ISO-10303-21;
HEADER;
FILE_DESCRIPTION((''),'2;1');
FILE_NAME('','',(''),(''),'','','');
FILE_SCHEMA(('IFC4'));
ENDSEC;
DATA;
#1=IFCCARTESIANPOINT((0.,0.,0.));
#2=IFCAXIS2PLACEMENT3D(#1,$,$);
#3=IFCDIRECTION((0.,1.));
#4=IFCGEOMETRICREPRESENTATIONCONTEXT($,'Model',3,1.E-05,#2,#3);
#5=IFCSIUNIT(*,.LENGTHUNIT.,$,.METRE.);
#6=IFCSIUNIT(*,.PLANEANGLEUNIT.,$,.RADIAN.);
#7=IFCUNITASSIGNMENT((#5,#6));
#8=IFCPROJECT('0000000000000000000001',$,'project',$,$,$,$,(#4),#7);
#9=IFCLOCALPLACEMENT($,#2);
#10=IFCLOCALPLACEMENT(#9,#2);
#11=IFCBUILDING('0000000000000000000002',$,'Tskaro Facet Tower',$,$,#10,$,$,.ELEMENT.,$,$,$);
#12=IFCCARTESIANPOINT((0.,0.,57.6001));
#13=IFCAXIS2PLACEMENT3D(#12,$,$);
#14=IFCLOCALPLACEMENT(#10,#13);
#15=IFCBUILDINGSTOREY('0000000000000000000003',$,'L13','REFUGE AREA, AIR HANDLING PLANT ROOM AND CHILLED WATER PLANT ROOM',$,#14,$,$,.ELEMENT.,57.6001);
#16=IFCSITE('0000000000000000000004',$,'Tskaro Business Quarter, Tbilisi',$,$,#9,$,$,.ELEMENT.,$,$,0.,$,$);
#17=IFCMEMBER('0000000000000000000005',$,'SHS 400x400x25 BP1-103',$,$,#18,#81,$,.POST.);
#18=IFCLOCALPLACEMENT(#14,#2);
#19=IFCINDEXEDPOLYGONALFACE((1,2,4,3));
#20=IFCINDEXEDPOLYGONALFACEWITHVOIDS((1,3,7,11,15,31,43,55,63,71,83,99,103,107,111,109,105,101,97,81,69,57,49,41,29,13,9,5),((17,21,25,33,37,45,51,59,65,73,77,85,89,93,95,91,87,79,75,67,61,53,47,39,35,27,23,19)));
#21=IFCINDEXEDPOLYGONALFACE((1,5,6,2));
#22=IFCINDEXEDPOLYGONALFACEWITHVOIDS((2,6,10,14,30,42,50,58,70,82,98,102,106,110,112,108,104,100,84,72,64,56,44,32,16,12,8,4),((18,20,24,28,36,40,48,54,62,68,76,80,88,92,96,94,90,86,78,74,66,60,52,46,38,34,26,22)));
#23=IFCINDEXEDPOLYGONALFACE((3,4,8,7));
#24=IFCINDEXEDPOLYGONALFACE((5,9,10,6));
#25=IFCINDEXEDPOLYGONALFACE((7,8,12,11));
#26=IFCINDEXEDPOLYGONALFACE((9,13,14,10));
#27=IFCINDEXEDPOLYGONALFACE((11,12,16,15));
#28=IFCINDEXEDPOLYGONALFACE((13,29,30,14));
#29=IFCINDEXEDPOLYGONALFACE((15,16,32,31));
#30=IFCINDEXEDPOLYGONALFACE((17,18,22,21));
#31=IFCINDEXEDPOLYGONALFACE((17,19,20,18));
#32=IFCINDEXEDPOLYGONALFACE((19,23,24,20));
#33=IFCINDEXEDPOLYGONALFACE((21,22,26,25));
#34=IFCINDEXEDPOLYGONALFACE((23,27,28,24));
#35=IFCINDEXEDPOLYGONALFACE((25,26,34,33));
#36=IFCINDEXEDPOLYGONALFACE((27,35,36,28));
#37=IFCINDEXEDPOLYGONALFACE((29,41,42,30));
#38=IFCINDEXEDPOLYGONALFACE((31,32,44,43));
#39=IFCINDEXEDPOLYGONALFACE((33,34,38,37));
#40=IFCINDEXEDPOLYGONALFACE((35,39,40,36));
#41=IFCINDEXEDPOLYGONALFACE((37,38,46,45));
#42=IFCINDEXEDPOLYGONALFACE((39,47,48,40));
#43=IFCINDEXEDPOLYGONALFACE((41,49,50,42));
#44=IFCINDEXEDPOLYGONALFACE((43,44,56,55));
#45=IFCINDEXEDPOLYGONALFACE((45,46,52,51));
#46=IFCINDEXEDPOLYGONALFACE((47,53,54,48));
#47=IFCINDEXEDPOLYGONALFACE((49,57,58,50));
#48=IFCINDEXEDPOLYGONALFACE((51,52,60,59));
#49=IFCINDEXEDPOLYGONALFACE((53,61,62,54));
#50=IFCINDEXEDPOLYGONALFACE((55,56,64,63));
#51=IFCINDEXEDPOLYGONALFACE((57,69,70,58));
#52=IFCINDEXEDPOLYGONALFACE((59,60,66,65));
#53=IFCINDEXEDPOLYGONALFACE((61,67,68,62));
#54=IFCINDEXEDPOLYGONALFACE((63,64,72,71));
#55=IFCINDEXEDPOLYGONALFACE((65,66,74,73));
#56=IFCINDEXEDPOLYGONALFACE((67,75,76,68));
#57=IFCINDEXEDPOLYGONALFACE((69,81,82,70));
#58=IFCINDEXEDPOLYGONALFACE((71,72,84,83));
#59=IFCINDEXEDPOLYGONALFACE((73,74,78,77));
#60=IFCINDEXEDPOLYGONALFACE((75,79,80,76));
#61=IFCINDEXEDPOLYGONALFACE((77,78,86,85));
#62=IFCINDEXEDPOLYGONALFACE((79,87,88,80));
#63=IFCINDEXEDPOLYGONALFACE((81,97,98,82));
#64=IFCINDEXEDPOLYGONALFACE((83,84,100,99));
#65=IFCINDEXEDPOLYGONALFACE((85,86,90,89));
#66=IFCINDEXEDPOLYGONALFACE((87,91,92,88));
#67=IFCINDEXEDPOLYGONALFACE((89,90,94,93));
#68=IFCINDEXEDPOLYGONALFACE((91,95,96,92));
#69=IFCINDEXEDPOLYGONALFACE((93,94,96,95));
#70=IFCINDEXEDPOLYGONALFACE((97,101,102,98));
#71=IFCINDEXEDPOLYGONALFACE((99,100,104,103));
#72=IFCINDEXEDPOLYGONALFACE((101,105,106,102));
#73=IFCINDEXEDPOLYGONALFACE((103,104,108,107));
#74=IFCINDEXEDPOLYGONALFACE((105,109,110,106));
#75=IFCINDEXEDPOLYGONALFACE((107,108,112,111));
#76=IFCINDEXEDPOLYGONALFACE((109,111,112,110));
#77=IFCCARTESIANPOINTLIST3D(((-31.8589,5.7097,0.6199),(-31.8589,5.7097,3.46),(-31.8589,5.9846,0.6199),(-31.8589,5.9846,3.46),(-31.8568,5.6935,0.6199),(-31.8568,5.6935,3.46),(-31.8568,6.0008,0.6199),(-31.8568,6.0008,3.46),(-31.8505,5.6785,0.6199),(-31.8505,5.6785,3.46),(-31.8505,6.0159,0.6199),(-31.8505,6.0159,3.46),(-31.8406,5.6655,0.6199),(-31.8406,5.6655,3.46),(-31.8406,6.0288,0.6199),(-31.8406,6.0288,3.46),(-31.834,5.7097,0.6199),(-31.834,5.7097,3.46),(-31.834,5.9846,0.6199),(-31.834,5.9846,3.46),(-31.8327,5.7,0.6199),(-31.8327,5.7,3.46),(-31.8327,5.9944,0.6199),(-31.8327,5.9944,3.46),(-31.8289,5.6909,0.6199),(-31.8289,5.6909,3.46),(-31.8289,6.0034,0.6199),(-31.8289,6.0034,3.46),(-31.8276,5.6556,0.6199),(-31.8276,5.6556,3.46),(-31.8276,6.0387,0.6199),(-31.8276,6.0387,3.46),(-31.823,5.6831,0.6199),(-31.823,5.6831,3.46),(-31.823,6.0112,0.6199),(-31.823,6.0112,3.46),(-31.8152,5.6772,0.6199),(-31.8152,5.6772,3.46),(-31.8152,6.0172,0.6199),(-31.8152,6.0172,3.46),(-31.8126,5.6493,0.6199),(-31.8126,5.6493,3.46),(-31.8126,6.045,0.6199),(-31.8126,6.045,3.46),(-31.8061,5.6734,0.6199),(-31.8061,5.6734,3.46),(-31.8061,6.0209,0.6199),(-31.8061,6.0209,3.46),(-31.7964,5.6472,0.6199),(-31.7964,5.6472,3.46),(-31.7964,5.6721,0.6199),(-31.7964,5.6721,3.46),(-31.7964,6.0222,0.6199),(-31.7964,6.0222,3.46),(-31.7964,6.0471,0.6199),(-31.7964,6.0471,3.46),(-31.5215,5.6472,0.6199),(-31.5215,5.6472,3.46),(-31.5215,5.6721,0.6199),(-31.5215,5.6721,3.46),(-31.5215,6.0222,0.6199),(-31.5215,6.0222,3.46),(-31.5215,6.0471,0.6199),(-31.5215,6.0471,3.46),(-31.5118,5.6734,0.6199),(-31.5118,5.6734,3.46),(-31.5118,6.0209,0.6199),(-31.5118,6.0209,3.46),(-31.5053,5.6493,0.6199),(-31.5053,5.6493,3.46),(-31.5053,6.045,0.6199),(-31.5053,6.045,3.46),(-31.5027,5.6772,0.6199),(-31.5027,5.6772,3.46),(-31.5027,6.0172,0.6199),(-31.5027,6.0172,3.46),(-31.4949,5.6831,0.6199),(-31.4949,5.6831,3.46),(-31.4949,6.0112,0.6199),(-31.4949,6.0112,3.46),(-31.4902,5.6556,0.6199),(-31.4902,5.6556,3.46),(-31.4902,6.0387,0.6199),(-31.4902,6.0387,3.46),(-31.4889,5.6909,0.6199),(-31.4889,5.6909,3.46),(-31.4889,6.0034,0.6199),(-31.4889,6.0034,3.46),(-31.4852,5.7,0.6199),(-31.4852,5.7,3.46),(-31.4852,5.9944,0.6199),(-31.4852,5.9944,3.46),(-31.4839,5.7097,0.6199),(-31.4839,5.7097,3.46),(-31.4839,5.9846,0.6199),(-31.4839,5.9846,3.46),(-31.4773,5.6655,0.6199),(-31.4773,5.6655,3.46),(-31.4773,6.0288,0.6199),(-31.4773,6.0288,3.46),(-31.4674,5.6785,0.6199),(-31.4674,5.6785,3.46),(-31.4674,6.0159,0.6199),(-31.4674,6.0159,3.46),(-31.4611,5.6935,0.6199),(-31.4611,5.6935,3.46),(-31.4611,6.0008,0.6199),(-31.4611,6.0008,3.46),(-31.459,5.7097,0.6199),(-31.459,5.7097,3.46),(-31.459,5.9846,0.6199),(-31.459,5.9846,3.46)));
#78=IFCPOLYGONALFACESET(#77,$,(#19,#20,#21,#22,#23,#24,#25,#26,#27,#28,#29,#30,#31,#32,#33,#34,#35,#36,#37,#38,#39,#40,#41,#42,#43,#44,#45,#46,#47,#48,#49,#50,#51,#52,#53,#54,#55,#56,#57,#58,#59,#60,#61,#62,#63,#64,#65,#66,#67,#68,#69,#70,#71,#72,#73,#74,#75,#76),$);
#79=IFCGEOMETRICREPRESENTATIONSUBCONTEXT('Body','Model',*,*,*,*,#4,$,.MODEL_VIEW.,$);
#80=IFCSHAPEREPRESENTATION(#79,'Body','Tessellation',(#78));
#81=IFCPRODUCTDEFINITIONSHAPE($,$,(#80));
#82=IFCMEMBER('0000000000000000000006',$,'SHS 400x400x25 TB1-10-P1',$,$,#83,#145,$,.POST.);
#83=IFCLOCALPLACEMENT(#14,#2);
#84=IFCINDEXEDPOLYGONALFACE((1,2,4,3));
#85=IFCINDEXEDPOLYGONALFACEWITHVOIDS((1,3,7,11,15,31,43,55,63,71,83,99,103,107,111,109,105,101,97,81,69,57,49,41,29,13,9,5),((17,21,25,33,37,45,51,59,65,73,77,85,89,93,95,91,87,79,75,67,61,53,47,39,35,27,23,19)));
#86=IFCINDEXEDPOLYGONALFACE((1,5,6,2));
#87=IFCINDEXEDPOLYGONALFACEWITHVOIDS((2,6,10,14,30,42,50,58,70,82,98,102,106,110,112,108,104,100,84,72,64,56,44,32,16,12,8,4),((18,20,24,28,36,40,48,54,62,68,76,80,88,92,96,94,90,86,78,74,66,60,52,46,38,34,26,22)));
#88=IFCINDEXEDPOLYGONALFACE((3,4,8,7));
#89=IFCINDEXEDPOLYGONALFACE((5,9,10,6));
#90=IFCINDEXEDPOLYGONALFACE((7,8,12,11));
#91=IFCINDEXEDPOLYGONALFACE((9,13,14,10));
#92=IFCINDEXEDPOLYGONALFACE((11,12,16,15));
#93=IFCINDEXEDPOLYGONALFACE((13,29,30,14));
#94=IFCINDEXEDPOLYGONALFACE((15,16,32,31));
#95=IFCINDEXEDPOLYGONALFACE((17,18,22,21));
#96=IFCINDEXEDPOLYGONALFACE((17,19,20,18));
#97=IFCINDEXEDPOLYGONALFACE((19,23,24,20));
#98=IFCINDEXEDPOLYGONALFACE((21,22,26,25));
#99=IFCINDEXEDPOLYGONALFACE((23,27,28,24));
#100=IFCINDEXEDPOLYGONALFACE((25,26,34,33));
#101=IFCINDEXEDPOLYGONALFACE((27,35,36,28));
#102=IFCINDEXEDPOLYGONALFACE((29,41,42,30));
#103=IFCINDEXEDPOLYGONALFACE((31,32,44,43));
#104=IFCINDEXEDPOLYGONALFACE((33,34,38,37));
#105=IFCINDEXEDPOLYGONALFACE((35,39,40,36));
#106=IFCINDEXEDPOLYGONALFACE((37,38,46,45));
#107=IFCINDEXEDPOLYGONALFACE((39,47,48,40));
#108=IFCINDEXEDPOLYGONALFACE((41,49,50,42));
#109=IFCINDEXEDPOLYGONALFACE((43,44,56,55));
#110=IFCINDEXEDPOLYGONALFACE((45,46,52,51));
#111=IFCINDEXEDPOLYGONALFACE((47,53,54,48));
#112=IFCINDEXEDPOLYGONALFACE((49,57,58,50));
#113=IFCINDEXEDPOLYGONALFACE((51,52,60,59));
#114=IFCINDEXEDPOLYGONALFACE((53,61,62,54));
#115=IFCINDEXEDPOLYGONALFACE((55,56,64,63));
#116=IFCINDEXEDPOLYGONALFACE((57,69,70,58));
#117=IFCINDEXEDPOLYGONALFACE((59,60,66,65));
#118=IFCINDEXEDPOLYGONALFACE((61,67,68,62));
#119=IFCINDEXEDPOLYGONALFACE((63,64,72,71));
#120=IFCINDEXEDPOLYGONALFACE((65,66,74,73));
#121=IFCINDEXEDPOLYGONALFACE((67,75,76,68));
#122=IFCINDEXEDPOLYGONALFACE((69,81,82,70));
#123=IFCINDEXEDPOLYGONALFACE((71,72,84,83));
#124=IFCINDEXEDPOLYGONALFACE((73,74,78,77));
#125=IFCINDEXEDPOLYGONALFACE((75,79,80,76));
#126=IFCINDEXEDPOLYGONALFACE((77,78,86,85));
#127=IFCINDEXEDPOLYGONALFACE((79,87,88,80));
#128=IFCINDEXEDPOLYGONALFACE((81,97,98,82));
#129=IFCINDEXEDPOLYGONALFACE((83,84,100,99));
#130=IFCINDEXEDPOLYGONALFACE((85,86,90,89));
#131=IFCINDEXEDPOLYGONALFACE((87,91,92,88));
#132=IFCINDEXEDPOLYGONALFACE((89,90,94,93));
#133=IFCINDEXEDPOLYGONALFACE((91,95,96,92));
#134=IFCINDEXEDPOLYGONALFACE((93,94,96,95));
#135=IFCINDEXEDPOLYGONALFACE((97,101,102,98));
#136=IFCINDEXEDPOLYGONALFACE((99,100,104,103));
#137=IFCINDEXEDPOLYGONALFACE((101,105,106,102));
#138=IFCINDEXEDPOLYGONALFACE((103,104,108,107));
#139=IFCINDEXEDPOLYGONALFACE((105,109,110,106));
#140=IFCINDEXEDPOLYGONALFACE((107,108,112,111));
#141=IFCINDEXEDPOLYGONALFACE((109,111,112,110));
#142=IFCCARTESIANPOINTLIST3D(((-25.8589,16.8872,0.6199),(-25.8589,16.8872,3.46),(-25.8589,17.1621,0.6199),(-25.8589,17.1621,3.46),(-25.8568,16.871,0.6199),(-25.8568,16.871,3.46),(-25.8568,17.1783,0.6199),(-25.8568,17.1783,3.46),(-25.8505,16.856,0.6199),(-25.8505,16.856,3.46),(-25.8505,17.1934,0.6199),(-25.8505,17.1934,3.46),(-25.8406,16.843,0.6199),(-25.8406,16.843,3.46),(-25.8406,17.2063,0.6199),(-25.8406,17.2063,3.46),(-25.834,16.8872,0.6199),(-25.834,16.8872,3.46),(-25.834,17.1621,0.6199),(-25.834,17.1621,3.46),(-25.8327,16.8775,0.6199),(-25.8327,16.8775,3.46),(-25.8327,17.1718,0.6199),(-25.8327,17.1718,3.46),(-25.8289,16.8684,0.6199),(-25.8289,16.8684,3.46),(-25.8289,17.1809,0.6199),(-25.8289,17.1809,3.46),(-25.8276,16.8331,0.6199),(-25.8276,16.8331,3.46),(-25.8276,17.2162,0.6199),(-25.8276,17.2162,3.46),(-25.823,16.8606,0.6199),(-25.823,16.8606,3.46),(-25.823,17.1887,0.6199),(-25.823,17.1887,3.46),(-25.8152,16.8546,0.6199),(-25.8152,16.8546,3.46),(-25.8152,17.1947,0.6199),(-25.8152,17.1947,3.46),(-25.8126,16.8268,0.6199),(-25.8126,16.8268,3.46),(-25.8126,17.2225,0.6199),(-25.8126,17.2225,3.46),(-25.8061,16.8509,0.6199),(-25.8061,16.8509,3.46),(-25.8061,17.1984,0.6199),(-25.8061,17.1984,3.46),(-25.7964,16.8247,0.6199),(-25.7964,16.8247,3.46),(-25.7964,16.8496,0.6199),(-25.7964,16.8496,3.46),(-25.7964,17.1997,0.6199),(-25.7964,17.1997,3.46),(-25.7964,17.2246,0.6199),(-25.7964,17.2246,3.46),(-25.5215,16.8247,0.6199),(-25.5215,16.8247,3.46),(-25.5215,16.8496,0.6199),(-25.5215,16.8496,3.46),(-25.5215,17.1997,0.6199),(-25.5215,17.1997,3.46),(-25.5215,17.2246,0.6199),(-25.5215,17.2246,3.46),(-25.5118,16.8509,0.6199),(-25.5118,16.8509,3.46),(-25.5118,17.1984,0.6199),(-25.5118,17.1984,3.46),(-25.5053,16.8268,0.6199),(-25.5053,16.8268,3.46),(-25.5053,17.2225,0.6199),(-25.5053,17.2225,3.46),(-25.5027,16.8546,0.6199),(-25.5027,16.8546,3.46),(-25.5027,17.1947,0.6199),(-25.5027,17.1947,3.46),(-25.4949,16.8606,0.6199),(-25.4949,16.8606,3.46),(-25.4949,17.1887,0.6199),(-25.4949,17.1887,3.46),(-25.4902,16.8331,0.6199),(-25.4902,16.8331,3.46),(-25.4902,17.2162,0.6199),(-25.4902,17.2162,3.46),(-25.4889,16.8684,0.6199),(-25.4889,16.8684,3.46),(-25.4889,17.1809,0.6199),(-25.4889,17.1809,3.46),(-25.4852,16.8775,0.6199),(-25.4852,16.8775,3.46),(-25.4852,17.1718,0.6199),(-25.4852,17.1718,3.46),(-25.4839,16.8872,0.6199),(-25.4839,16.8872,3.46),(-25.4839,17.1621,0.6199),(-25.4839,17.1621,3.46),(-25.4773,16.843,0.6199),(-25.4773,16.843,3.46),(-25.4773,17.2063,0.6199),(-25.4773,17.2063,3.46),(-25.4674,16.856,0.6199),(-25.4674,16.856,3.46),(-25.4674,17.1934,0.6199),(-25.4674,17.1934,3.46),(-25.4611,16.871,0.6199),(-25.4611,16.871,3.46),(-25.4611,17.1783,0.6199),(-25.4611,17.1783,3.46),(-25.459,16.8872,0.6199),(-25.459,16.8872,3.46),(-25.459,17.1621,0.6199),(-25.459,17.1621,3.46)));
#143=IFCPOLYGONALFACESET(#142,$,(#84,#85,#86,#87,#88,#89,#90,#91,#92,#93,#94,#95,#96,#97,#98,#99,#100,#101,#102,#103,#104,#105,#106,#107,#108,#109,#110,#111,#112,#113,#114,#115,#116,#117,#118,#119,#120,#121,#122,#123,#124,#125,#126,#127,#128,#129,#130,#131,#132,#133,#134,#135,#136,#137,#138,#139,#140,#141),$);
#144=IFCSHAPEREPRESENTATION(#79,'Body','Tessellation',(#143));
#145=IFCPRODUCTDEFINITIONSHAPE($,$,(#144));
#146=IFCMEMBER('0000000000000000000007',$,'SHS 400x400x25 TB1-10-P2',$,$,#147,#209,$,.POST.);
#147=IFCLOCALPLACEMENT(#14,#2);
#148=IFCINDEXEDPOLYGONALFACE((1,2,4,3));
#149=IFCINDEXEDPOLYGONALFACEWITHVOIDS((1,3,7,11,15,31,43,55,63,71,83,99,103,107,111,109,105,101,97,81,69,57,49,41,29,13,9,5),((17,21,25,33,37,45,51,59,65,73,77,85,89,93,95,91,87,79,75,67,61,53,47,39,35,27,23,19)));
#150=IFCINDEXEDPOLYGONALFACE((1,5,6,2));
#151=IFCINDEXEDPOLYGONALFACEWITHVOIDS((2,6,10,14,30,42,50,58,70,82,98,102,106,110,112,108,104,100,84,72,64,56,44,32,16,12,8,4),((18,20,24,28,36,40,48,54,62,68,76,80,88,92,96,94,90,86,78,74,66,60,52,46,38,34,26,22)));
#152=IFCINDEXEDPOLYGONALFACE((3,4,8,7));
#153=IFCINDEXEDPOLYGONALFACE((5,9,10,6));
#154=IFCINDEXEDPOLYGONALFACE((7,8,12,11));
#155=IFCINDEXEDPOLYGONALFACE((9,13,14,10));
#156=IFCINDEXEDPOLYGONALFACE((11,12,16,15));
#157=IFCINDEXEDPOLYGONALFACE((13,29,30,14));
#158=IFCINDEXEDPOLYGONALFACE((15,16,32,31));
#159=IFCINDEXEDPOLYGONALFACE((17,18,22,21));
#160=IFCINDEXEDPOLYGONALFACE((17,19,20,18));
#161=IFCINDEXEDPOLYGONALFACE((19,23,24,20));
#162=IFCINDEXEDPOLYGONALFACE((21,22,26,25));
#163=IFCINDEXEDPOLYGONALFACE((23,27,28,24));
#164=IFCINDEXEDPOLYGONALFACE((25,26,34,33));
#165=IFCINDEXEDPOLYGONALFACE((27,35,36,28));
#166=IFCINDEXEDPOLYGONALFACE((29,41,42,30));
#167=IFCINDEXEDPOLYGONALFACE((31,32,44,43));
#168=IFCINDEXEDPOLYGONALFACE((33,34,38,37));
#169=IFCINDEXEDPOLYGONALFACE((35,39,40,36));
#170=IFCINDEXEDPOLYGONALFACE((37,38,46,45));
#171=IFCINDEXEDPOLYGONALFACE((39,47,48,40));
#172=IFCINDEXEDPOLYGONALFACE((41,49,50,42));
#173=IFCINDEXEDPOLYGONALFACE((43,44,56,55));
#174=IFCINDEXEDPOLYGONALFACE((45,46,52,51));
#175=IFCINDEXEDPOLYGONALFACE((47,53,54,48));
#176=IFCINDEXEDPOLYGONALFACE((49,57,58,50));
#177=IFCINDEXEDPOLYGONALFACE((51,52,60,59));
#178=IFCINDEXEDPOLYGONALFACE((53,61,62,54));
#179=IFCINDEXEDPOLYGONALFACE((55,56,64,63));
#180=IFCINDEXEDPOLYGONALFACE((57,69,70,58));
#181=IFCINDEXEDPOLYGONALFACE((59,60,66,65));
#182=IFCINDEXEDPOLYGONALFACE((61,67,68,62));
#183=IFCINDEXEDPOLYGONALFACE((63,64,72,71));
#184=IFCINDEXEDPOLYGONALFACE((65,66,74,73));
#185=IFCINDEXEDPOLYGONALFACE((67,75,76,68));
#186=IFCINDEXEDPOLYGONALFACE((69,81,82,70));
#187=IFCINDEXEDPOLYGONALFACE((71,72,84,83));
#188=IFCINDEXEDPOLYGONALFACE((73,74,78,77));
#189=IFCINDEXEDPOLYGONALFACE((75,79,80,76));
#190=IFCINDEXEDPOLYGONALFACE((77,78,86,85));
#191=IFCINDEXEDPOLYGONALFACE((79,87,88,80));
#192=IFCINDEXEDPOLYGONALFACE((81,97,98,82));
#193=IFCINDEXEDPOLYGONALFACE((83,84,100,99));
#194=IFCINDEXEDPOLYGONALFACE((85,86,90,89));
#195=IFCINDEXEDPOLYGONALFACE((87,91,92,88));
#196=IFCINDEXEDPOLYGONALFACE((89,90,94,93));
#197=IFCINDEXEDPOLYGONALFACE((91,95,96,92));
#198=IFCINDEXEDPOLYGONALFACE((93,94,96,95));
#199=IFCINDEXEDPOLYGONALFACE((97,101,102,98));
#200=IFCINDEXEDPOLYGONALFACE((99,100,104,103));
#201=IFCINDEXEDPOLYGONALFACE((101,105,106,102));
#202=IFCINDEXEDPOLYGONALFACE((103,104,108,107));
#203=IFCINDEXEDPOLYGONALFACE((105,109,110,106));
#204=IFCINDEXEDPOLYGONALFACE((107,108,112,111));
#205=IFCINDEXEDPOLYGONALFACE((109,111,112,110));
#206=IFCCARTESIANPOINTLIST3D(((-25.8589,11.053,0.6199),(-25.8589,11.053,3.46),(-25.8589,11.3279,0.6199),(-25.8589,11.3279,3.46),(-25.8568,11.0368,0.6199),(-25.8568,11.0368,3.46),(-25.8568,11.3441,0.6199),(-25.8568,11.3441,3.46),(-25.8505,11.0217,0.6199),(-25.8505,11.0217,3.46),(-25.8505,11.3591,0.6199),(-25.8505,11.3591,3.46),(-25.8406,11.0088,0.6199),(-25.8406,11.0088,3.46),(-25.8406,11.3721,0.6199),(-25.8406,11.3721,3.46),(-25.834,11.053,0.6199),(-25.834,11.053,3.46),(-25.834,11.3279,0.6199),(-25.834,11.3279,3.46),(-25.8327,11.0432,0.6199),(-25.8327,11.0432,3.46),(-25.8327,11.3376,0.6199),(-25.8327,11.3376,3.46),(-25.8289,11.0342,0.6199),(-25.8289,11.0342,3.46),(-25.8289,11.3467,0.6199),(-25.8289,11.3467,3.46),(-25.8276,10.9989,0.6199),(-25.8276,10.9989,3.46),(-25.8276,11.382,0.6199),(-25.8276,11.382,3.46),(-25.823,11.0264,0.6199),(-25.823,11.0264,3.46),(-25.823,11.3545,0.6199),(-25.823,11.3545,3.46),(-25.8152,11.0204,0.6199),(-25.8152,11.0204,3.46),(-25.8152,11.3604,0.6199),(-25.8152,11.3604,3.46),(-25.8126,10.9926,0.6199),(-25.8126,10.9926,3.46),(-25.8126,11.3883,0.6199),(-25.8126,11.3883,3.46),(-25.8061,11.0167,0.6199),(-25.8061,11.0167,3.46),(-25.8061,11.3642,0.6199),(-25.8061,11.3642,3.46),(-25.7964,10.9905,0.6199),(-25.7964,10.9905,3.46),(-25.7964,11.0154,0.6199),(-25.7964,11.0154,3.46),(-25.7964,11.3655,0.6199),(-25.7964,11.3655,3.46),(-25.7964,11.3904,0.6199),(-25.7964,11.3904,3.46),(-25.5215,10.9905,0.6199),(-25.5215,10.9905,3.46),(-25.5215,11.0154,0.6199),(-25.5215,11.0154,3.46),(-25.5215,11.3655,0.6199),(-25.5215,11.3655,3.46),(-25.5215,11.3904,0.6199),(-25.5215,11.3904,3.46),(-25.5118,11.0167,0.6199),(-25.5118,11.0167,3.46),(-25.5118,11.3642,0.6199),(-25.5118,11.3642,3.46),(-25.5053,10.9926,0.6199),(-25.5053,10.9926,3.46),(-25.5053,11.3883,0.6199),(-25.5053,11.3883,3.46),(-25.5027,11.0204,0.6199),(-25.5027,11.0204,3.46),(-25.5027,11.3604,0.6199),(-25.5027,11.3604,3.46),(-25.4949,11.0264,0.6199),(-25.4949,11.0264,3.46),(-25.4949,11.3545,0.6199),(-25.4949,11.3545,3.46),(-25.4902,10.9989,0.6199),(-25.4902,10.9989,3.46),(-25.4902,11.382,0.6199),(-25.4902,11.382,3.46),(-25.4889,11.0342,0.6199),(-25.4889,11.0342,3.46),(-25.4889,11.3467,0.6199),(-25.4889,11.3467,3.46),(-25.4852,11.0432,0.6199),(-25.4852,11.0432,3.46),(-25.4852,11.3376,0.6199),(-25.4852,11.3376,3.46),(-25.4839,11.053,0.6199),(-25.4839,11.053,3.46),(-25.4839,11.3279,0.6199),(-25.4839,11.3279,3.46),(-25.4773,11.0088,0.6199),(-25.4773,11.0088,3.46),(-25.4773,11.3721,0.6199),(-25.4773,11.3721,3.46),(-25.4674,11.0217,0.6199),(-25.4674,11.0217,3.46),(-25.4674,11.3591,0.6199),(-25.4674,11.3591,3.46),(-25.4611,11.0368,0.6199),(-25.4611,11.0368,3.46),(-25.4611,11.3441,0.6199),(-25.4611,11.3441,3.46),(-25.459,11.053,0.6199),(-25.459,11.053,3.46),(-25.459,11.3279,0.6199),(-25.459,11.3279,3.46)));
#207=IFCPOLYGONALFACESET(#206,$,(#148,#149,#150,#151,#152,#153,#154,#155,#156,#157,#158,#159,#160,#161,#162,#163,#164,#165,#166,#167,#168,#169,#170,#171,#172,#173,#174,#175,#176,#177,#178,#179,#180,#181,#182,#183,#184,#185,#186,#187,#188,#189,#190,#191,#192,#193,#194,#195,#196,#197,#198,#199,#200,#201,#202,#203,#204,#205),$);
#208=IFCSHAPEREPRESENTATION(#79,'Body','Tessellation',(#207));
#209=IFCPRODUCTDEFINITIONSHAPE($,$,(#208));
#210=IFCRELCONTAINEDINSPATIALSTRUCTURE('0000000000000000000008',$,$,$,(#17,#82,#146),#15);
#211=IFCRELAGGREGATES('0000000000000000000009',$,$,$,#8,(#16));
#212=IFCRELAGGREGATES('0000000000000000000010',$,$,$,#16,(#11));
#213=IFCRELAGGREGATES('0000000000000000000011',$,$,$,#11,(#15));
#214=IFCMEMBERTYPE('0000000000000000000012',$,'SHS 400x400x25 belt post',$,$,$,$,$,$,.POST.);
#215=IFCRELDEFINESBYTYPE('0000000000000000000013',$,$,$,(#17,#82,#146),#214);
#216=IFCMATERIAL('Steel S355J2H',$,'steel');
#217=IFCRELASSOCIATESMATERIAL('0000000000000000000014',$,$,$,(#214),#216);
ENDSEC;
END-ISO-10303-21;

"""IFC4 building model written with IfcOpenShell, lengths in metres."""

from ifc_helpers import new_model, si_unit, direction, frame, origin, origin_2d, place, context, subcontext, project, spatial, hollow_rectangle, extrude, material, material_profile, profile_set, type_object, element, save


model = new_model("IFC4")

# Units and contexts
model_context = context("Model", 3, precision=1e-05, world=origin(), true_north=direction((0.0, 1.0)))
body_context = subcontext(model_context, "Body", "Model", "MODEL_VIEW")
ifc_project = project(units=[si_unit("LENGTHUNIT", "METRE"), si_unit("PLANEANGLEUNIT", "RADIAN")], contexts=[model_context])

# Site, building, storey
site_placement = place(None, origin())
site = spatial("IfcSite", under=ifc_project, at=site_placement, Name="Tskaro Business Quarter, Tbilisi", CompositionType="ELEMENT", RefElevation=0.0)
building_placement = place(site_placement, origin())
building = spatial("IfcBuilding", under=site, at=building_placement, Name="Tskaro Facet Tower", CompositionType="ELEMENT")
storey_placement = place(building_placement, frame((0.0, 0.0, 57.6001)))
storey = spatial("IfcBuildingStorey", under=building, at=storey_placement, Name="L13", Description="REFUGE AREA, AIR HANDLING PLANT ROOM AND CHILLED WATER PLANT ROOM", CompositionType="ELEMENT", Elevation=57.6001)

# Shared definitions
ifc_material_1 = material(Name="Steel S355J2H", Category="steel")

# Members
ifc_material_profile_1 = material_profile(ifc_material_1, hollow_rectangle(XDim=0.3999, YDim=0.3999, WallThickness=0.0249, InnerFilletRadius=0.0376, OuterFilletRadius=0.0625, at=origin_2d()), Name="SHS 400x400x25")
ifc_profile_set_1 = profile_set([ifc_material_profile_1], Name="Steel S355J2H")
member_type_1 = type_object("IfcMemberType", Name="SHS 400x400x25 belt post", PredefinedType="POST", material=ifc_profile_set_1)
for number, where, z_axis, x_axis, name in (
    (1, (-31.6589, 5.8472, 0.6199), (0.0, 0.0, 1.0), (1.0, 0.0, 0.0), "SHS 400x400x25 BP1-103"),
    (2, (-25.6589, 17.0247, 0.6199), (0.0, 0.0, 1.0), (1.0, 0.0, 0.0), "SHS 400x400x25 TB1-10-P1"),
    (3, (-25.6589, 11.1904, 0.6199), (0.0, 0.0, 1.0), (1.0, 0.0, 0.0), "SHS 400x400x25 TB1-10-P2"),
):
    element("IfcMember", number, at=place(storey_placement, frame(where, z_axis=z_axis, x_axis=x_axis)), inside=storey, type_object=member_type_1, Name=name, PredefinedType="POST", context=body_context, shape_type="SweptSolid", body=[
        extrude(hollow_rectangle(XDim=0.3999, YDim=0.3999, WallThickness=0.0249, InnerFilletRadius=0.0376, OuterFilletRadius=0.0625, at=origin_2d()), origin(), (0.0, 0.0, 1.0), 2.8401),
    ])

save(model, "model.ifc")
